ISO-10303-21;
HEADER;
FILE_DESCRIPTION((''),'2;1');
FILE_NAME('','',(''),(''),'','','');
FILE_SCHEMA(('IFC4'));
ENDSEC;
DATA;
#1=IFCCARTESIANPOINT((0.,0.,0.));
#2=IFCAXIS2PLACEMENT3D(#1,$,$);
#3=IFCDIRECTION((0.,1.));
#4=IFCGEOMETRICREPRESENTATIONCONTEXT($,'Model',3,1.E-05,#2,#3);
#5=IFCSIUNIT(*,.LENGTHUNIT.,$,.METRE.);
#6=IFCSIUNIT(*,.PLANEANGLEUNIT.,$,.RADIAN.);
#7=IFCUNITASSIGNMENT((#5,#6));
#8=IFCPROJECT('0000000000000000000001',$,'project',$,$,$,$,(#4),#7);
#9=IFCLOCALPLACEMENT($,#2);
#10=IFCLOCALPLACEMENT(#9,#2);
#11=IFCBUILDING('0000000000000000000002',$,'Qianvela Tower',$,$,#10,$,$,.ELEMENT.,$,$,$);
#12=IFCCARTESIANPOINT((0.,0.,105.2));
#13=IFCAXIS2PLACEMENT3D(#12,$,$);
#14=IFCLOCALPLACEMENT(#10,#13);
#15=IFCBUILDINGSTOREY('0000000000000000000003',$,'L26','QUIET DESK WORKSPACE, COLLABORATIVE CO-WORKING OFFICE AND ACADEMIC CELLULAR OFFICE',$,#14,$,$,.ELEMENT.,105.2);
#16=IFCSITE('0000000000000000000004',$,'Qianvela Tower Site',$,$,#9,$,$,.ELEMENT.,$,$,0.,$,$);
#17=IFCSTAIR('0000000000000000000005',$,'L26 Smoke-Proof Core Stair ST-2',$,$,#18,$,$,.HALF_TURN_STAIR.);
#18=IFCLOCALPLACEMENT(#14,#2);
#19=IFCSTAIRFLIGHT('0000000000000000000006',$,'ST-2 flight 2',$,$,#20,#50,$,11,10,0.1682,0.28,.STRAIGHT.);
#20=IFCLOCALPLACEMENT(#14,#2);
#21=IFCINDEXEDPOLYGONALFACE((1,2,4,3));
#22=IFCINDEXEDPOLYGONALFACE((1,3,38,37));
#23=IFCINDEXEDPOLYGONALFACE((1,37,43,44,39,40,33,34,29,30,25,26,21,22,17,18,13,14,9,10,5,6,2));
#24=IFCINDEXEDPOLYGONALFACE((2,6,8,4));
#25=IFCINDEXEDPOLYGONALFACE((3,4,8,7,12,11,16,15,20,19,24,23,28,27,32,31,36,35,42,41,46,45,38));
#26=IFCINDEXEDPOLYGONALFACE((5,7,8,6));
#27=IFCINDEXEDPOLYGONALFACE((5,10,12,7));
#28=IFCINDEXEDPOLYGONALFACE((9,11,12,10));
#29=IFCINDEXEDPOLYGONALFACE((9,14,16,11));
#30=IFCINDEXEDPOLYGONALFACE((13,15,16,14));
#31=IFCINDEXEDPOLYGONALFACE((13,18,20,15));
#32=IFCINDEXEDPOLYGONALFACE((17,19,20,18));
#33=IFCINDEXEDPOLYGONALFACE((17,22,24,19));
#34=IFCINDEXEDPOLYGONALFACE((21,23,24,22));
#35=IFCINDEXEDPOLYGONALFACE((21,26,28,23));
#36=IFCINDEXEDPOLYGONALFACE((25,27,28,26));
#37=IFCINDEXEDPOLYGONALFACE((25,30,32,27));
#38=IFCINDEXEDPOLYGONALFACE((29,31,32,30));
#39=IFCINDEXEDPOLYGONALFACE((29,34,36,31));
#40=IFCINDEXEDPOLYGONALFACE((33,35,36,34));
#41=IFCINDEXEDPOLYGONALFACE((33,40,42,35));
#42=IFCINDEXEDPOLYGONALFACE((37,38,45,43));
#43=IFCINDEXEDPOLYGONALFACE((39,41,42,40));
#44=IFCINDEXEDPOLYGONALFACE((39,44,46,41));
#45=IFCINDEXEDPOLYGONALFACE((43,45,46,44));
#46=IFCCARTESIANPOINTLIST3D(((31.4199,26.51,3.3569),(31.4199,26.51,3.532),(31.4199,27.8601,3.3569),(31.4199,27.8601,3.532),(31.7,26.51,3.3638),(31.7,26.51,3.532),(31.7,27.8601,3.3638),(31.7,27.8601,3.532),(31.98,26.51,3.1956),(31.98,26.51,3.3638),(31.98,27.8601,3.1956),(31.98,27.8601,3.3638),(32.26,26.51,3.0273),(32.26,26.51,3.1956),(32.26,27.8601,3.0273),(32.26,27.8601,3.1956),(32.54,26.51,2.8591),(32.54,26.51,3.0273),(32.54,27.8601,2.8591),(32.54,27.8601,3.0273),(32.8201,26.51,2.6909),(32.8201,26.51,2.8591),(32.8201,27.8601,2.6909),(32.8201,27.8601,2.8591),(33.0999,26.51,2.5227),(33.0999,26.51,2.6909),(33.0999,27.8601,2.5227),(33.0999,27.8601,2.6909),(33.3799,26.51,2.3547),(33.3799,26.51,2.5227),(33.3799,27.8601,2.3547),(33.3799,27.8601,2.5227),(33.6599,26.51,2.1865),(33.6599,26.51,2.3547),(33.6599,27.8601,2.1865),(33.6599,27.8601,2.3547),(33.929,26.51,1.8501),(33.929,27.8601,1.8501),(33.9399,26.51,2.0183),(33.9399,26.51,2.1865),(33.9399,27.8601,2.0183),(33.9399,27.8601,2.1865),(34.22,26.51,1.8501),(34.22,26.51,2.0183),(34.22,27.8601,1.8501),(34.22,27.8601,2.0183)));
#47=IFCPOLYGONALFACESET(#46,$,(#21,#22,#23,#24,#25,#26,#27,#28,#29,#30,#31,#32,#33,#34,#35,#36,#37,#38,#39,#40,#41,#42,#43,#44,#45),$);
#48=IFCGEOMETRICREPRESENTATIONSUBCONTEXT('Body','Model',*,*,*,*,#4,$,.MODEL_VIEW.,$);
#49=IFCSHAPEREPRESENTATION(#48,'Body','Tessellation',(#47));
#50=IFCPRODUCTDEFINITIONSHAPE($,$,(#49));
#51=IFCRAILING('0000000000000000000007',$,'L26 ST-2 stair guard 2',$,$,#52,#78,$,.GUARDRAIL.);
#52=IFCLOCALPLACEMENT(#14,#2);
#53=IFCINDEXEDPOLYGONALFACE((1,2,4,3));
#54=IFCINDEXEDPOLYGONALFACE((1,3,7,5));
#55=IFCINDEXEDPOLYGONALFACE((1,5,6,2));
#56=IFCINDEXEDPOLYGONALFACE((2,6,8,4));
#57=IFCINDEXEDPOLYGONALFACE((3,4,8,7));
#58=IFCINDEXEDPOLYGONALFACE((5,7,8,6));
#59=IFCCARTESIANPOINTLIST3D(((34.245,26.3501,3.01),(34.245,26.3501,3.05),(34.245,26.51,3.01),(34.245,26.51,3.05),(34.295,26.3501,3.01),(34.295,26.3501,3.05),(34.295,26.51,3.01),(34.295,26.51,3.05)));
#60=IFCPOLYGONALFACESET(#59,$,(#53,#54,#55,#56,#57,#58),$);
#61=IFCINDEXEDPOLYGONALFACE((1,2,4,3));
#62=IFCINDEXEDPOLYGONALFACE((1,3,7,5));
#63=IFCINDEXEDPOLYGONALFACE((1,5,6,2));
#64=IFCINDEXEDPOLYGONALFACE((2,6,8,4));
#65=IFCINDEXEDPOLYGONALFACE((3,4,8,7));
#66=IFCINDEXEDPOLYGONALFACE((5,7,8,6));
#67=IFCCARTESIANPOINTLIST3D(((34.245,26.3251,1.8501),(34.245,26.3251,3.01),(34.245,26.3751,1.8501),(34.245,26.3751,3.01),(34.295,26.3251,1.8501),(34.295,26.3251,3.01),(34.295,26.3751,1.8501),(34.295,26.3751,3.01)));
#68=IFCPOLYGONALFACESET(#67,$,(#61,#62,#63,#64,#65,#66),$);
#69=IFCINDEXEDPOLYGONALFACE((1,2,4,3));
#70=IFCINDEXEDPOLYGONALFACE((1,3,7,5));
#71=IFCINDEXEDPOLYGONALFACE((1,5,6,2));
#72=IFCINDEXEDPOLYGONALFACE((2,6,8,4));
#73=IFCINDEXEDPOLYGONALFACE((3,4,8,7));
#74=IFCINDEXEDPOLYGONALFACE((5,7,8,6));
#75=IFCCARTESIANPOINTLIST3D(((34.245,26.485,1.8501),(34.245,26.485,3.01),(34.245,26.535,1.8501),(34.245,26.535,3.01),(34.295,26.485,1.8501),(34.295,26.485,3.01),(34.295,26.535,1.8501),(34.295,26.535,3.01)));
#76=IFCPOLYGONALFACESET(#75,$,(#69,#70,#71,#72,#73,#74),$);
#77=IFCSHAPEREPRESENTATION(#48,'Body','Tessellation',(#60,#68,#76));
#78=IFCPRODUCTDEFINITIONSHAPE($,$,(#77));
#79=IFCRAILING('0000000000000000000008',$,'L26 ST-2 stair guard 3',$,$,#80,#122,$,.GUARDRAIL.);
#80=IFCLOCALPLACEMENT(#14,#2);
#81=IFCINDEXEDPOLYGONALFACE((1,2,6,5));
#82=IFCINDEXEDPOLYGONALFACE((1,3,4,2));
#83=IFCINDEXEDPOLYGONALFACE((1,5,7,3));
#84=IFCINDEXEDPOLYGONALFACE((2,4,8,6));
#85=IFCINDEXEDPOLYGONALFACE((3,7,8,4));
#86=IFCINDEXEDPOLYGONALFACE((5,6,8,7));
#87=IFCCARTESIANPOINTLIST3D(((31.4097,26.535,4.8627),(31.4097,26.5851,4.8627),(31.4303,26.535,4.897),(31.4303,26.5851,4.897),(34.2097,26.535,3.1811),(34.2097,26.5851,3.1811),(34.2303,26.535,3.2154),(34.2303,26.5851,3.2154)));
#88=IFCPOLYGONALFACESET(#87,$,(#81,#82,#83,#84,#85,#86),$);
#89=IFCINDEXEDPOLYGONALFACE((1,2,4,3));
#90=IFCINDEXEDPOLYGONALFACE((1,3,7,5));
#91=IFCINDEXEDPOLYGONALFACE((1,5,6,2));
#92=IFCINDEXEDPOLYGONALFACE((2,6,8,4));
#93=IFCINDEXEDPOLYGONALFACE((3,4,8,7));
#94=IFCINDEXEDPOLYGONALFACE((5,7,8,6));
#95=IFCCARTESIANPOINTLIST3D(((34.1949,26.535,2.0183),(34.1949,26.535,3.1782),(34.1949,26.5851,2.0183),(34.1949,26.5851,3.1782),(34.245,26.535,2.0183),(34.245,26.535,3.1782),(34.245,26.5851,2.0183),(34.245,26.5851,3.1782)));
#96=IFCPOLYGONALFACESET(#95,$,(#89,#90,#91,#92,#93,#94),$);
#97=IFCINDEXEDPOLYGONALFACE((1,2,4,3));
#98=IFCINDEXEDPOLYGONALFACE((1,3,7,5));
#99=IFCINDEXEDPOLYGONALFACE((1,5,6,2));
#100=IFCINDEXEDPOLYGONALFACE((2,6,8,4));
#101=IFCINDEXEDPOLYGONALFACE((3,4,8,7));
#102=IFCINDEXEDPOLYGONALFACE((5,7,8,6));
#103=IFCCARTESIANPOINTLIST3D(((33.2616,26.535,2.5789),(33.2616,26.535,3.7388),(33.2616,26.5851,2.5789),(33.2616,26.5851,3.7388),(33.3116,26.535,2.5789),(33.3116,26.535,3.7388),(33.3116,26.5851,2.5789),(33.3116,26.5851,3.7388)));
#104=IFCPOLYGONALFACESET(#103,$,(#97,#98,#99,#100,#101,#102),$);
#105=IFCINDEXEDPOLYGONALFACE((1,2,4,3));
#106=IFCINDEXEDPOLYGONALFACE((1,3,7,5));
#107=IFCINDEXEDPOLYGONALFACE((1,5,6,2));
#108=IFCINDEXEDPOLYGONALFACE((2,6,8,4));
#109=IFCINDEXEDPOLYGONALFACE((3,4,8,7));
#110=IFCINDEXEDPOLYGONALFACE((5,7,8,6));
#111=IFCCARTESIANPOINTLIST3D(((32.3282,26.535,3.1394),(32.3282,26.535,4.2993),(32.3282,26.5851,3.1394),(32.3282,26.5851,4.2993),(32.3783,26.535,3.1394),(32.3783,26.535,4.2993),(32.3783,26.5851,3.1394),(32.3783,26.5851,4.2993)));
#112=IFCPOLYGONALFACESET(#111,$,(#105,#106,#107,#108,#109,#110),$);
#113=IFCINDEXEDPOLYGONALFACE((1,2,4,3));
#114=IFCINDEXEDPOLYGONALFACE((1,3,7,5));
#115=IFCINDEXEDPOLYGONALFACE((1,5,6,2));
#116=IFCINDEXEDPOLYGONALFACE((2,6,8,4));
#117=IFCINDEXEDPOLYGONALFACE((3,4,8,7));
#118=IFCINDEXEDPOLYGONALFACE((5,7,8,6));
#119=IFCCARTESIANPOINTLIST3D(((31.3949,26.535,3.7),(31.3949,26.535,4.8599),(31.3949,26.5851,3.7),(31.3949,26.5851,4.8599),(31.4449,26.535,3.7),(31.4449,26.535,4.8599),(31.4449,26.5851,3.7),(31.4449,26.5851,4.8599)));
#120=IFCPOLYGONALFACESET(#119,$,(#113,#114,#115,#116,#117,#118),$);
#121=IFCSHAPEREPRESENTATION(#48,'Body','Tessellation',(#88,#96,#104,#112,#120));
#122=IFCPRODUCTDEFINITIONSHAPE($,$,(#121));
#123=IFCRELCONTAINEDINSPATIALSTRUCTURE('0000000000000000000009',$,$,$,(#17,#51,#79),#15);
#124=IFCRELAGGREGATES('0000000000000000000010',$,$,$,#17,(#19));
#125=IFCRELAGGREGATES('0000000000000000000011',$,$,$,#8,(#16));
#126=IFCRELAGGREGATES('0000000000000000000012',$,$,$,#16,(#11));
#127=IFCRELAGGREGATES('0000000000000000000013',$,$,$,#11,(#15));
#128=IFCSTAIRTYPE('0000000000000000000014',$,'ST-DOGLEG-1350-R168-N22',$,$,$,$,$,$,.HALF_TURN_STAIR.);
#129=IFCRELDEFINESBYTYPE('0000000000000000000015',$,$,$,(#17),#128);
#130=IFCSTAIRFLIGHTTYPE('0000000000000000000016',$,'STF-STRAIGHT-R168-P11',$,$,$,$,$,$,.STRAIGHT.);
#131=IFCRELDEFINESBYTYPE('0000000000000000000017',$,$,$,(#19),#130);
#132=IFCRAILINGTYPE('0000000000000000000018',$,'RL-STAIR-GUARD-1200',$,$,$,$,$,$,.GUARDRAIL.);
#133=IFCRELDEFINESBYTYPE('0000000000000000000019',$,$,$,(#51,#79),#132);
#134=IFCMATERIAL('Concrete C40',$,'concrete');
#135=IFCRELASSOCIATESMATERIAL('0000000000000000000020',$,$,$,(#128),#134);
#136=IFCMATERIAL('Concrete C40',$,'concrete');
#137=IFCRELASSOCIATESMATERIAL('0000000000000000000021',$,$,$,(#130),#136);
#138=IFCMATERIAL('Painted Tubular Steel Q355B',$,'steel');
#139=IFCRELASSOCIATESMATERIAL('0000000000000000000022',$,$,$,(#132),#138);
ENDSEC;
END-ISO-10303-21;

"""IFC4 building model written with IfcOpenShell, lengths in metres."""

from ifc_helpers import new_model, si_unit, direction, frame, origin, origin_2d, place, context, subcontext, project, spatial, polyline, rectangle, outline, extrude, material, type_object, element, aggregate, save


model = new_model("IFC4")

# Units and contexts
model_context = context("Model", 3, precision=1e-05, world=origin(), true_north=direction((0.0, 1.0)))
body_context = subcontext(model_context, "Body", "Model", "MODEL_VIEW")
ifc_project = project(units=[si_unit("LENGTHUNIT", "METRE"), si_unit("PLANEANGLEUNIT", "RADIAN")], contexts=[model_context])

# Site, building, storey
site_placement = place(None, origin())
site = spatial("IfcSite", under=ifc_project, at=site_placement, Name="Qianvela Tower Site", CompositionType="ELEMENT", RefElevation=0.0)
building_placement = place(site_placement, origin())
building = spatial("IfcBuilding", under=site, at=building_placement, Name="Qianvela Tower", CompositionType="ELEMENT")
storey_placement = place(building_placement, frame((0.0, 0.0, 105.2)))
storey = spatial("IfcBuildingStorey", under=building, at=storey_placement, Name="L26", Description="QUIET DESK WORKSPACE, COLLABORATIVE CO-WORKING OFFICE AND ACADEMIC CELLULAR OFFICE", CompositionType="ELEMENT", Elevation=105.2)

# Stair, stair flight
ifc_material_1 = material(Name="Concrete C40", Category="concrete")
stair_type = type_object("IfcStairType", Name="ST-DOGLEG-1350-R168-N22", PredefinedType="HALF_TURN_STAIR", material=ifc_material_1)
stair_placement = place(storey_placement, origin())
stair = element("IfcStair", 1, at=stair_placement, inside=storey, type_object=stair_type, Name="L26 Smoke-Proof Core Stair ST-2", PredefinedType="HALF_TURN_STAIR")
ifc_material_2 = material(Name="Concrete C40", Category="concrete")
stair_flight_type = type_object("IfcStairFlightType", Name="STF-STRAIGHT-R168-P11", PredefinedType="STRAIGHT", material=ifc_material_2)
stair_flight_placement = place(storey_placement, frame((34.22, 27.1851, 1.8501), z_axis=(0.0, 0.0, 1.0), x_axis=(-1.0, 0.0, 0.0)))
stair_flight = element("IfcStairFlight", 2, at=stair_flight_placement, type_object=stair_flight_type, Name="ST-2 flight 2", NumberOfRisers=11, NumberOfTreads=10, PredefinedType="STRAIGHT", RiserHeight=0.1682, TreadLength=0.28, context=body_context, shape_type="SweptSolid", body=[
    extrude(outline(polyline([(0.0, 0.0), (0.0, 0.1682), (0.28, 0.1682), (0.28, 0.3364), (0.5601, 0.3364), (0.5601, 0.5046), (0.8401, 0.5046), (0.8401, 0.6726), (1.1201, 0.6726), (1.1201, 0.8408), (1.3999, 0.8408), (1.3999, 1.009), (1.6799, 1.009), (1.6799, 1.1772), (1.96, 1.1772), (1.96, 1.3455), (2.24, 1.3455), (2.24, 1.5137), (2.52, 1.5137), (2.52, 1.6819), (2.8, 1.6819), (2.8, 1.8501), (2.8, 1.5068), (0.291, 0.0), (0.0, 0.0)])), frame((0.0, 0.675, 0.0), z_axis=(0.0, -1.0, 0.0), x_axis=(1.0, 0.0, 0.0)), (0.0, 0.0, 1.0), 1.3501),
])
aggregate(stair, [stair_flight])

# Railings
ifc_material_3 = material(Name="Painted Tubular Steel Q355B", Category="steel")
railing_type = type_object("IfcRailingType", Name="RL-STAIR-GUARD-1200", PredefinedType="GUARDRAIL", material=ifc_material_3)
railing_1_placement = place(storey_placement, frame((34.27, 26.3501, 1.8501)))
element("IfcRailing", 3, at=railing_1_placement, inside=storey, type_object=railing_type, Name="L26 ST-2 stair guard 2", PredefinedType="GUARDRAIL", context=body_context, shape_type="SweptSolid", body=[
    extrude(rectangle(XDim=0.05, YDim=0.04, at=origin_2d()), frame((0.0, 0.0, 1.1799), z_axis=(0.0, 1.0, 0.0), x_axis=(-1.0, 0.0, 0.0)), (0.0, 0.0, 1.0), 0.1599),
    extrude(rectangle(XDim=0.05, YDim=0.05, at=origin_2d()), origin(), (0.0, 0.0, 1.0), 1.1599),
    extrude(rectangle(XDim=0.05, YDim=0.05, at=origin_2d()), frame((0.0, 0.1599, 0.0)), (0.0, 0.0, 1.0), 1.1599),
])
railing_2_placement = place(storey_placement, frame((34.22, 26.5601, 2.0183)))
element("IfcRailing", 4, at=railing_2_placement, inside=storey, type_object=railing_type, Name="L26 ST-2 stair guard 3", PredefinedType="GUARDRAIL", context=body_context, shape_type="SweptSolid", body=[
    extrude(rectangle(XDim=0.05, YDim=0.04, at=origin_2d()), frame((0.0, 0.0, 1.1799), z_axis=(-0.857275, 0.0, 0.514858), x_axis=(0.0, -1.0, 0.0)), (0.0, 0.0, 1.0), 3.2661),
    extrude(rectangle(XDim=0.05, YDim=0.05, at=origin_2d()), origin(), (0.0, 0.0, 1.0), 1.1599),
    extrude(rectangle(XDim=0.05, YDim=0.05, at=origin_2d()), frame((-0.9333, 0.0, 0.5605)), (0.0, 0.0, 1.0), 1.1599),
    extrude(rectangle(XDim=0.05, YDim=0.05, at=origin_2d()), frame((-1.8667, 0.0, 1.1211)), (0.0, 0.0, 1.0), 1.1599),
    extrude(rectangle(XDim=0.05, YDim=0.05, at=origin_2d()), frame((-2.8, 0.0, 1.6816)), (0.0, 0.0, 1.0), 1.1599),
])

save(model, "model.ifc")
